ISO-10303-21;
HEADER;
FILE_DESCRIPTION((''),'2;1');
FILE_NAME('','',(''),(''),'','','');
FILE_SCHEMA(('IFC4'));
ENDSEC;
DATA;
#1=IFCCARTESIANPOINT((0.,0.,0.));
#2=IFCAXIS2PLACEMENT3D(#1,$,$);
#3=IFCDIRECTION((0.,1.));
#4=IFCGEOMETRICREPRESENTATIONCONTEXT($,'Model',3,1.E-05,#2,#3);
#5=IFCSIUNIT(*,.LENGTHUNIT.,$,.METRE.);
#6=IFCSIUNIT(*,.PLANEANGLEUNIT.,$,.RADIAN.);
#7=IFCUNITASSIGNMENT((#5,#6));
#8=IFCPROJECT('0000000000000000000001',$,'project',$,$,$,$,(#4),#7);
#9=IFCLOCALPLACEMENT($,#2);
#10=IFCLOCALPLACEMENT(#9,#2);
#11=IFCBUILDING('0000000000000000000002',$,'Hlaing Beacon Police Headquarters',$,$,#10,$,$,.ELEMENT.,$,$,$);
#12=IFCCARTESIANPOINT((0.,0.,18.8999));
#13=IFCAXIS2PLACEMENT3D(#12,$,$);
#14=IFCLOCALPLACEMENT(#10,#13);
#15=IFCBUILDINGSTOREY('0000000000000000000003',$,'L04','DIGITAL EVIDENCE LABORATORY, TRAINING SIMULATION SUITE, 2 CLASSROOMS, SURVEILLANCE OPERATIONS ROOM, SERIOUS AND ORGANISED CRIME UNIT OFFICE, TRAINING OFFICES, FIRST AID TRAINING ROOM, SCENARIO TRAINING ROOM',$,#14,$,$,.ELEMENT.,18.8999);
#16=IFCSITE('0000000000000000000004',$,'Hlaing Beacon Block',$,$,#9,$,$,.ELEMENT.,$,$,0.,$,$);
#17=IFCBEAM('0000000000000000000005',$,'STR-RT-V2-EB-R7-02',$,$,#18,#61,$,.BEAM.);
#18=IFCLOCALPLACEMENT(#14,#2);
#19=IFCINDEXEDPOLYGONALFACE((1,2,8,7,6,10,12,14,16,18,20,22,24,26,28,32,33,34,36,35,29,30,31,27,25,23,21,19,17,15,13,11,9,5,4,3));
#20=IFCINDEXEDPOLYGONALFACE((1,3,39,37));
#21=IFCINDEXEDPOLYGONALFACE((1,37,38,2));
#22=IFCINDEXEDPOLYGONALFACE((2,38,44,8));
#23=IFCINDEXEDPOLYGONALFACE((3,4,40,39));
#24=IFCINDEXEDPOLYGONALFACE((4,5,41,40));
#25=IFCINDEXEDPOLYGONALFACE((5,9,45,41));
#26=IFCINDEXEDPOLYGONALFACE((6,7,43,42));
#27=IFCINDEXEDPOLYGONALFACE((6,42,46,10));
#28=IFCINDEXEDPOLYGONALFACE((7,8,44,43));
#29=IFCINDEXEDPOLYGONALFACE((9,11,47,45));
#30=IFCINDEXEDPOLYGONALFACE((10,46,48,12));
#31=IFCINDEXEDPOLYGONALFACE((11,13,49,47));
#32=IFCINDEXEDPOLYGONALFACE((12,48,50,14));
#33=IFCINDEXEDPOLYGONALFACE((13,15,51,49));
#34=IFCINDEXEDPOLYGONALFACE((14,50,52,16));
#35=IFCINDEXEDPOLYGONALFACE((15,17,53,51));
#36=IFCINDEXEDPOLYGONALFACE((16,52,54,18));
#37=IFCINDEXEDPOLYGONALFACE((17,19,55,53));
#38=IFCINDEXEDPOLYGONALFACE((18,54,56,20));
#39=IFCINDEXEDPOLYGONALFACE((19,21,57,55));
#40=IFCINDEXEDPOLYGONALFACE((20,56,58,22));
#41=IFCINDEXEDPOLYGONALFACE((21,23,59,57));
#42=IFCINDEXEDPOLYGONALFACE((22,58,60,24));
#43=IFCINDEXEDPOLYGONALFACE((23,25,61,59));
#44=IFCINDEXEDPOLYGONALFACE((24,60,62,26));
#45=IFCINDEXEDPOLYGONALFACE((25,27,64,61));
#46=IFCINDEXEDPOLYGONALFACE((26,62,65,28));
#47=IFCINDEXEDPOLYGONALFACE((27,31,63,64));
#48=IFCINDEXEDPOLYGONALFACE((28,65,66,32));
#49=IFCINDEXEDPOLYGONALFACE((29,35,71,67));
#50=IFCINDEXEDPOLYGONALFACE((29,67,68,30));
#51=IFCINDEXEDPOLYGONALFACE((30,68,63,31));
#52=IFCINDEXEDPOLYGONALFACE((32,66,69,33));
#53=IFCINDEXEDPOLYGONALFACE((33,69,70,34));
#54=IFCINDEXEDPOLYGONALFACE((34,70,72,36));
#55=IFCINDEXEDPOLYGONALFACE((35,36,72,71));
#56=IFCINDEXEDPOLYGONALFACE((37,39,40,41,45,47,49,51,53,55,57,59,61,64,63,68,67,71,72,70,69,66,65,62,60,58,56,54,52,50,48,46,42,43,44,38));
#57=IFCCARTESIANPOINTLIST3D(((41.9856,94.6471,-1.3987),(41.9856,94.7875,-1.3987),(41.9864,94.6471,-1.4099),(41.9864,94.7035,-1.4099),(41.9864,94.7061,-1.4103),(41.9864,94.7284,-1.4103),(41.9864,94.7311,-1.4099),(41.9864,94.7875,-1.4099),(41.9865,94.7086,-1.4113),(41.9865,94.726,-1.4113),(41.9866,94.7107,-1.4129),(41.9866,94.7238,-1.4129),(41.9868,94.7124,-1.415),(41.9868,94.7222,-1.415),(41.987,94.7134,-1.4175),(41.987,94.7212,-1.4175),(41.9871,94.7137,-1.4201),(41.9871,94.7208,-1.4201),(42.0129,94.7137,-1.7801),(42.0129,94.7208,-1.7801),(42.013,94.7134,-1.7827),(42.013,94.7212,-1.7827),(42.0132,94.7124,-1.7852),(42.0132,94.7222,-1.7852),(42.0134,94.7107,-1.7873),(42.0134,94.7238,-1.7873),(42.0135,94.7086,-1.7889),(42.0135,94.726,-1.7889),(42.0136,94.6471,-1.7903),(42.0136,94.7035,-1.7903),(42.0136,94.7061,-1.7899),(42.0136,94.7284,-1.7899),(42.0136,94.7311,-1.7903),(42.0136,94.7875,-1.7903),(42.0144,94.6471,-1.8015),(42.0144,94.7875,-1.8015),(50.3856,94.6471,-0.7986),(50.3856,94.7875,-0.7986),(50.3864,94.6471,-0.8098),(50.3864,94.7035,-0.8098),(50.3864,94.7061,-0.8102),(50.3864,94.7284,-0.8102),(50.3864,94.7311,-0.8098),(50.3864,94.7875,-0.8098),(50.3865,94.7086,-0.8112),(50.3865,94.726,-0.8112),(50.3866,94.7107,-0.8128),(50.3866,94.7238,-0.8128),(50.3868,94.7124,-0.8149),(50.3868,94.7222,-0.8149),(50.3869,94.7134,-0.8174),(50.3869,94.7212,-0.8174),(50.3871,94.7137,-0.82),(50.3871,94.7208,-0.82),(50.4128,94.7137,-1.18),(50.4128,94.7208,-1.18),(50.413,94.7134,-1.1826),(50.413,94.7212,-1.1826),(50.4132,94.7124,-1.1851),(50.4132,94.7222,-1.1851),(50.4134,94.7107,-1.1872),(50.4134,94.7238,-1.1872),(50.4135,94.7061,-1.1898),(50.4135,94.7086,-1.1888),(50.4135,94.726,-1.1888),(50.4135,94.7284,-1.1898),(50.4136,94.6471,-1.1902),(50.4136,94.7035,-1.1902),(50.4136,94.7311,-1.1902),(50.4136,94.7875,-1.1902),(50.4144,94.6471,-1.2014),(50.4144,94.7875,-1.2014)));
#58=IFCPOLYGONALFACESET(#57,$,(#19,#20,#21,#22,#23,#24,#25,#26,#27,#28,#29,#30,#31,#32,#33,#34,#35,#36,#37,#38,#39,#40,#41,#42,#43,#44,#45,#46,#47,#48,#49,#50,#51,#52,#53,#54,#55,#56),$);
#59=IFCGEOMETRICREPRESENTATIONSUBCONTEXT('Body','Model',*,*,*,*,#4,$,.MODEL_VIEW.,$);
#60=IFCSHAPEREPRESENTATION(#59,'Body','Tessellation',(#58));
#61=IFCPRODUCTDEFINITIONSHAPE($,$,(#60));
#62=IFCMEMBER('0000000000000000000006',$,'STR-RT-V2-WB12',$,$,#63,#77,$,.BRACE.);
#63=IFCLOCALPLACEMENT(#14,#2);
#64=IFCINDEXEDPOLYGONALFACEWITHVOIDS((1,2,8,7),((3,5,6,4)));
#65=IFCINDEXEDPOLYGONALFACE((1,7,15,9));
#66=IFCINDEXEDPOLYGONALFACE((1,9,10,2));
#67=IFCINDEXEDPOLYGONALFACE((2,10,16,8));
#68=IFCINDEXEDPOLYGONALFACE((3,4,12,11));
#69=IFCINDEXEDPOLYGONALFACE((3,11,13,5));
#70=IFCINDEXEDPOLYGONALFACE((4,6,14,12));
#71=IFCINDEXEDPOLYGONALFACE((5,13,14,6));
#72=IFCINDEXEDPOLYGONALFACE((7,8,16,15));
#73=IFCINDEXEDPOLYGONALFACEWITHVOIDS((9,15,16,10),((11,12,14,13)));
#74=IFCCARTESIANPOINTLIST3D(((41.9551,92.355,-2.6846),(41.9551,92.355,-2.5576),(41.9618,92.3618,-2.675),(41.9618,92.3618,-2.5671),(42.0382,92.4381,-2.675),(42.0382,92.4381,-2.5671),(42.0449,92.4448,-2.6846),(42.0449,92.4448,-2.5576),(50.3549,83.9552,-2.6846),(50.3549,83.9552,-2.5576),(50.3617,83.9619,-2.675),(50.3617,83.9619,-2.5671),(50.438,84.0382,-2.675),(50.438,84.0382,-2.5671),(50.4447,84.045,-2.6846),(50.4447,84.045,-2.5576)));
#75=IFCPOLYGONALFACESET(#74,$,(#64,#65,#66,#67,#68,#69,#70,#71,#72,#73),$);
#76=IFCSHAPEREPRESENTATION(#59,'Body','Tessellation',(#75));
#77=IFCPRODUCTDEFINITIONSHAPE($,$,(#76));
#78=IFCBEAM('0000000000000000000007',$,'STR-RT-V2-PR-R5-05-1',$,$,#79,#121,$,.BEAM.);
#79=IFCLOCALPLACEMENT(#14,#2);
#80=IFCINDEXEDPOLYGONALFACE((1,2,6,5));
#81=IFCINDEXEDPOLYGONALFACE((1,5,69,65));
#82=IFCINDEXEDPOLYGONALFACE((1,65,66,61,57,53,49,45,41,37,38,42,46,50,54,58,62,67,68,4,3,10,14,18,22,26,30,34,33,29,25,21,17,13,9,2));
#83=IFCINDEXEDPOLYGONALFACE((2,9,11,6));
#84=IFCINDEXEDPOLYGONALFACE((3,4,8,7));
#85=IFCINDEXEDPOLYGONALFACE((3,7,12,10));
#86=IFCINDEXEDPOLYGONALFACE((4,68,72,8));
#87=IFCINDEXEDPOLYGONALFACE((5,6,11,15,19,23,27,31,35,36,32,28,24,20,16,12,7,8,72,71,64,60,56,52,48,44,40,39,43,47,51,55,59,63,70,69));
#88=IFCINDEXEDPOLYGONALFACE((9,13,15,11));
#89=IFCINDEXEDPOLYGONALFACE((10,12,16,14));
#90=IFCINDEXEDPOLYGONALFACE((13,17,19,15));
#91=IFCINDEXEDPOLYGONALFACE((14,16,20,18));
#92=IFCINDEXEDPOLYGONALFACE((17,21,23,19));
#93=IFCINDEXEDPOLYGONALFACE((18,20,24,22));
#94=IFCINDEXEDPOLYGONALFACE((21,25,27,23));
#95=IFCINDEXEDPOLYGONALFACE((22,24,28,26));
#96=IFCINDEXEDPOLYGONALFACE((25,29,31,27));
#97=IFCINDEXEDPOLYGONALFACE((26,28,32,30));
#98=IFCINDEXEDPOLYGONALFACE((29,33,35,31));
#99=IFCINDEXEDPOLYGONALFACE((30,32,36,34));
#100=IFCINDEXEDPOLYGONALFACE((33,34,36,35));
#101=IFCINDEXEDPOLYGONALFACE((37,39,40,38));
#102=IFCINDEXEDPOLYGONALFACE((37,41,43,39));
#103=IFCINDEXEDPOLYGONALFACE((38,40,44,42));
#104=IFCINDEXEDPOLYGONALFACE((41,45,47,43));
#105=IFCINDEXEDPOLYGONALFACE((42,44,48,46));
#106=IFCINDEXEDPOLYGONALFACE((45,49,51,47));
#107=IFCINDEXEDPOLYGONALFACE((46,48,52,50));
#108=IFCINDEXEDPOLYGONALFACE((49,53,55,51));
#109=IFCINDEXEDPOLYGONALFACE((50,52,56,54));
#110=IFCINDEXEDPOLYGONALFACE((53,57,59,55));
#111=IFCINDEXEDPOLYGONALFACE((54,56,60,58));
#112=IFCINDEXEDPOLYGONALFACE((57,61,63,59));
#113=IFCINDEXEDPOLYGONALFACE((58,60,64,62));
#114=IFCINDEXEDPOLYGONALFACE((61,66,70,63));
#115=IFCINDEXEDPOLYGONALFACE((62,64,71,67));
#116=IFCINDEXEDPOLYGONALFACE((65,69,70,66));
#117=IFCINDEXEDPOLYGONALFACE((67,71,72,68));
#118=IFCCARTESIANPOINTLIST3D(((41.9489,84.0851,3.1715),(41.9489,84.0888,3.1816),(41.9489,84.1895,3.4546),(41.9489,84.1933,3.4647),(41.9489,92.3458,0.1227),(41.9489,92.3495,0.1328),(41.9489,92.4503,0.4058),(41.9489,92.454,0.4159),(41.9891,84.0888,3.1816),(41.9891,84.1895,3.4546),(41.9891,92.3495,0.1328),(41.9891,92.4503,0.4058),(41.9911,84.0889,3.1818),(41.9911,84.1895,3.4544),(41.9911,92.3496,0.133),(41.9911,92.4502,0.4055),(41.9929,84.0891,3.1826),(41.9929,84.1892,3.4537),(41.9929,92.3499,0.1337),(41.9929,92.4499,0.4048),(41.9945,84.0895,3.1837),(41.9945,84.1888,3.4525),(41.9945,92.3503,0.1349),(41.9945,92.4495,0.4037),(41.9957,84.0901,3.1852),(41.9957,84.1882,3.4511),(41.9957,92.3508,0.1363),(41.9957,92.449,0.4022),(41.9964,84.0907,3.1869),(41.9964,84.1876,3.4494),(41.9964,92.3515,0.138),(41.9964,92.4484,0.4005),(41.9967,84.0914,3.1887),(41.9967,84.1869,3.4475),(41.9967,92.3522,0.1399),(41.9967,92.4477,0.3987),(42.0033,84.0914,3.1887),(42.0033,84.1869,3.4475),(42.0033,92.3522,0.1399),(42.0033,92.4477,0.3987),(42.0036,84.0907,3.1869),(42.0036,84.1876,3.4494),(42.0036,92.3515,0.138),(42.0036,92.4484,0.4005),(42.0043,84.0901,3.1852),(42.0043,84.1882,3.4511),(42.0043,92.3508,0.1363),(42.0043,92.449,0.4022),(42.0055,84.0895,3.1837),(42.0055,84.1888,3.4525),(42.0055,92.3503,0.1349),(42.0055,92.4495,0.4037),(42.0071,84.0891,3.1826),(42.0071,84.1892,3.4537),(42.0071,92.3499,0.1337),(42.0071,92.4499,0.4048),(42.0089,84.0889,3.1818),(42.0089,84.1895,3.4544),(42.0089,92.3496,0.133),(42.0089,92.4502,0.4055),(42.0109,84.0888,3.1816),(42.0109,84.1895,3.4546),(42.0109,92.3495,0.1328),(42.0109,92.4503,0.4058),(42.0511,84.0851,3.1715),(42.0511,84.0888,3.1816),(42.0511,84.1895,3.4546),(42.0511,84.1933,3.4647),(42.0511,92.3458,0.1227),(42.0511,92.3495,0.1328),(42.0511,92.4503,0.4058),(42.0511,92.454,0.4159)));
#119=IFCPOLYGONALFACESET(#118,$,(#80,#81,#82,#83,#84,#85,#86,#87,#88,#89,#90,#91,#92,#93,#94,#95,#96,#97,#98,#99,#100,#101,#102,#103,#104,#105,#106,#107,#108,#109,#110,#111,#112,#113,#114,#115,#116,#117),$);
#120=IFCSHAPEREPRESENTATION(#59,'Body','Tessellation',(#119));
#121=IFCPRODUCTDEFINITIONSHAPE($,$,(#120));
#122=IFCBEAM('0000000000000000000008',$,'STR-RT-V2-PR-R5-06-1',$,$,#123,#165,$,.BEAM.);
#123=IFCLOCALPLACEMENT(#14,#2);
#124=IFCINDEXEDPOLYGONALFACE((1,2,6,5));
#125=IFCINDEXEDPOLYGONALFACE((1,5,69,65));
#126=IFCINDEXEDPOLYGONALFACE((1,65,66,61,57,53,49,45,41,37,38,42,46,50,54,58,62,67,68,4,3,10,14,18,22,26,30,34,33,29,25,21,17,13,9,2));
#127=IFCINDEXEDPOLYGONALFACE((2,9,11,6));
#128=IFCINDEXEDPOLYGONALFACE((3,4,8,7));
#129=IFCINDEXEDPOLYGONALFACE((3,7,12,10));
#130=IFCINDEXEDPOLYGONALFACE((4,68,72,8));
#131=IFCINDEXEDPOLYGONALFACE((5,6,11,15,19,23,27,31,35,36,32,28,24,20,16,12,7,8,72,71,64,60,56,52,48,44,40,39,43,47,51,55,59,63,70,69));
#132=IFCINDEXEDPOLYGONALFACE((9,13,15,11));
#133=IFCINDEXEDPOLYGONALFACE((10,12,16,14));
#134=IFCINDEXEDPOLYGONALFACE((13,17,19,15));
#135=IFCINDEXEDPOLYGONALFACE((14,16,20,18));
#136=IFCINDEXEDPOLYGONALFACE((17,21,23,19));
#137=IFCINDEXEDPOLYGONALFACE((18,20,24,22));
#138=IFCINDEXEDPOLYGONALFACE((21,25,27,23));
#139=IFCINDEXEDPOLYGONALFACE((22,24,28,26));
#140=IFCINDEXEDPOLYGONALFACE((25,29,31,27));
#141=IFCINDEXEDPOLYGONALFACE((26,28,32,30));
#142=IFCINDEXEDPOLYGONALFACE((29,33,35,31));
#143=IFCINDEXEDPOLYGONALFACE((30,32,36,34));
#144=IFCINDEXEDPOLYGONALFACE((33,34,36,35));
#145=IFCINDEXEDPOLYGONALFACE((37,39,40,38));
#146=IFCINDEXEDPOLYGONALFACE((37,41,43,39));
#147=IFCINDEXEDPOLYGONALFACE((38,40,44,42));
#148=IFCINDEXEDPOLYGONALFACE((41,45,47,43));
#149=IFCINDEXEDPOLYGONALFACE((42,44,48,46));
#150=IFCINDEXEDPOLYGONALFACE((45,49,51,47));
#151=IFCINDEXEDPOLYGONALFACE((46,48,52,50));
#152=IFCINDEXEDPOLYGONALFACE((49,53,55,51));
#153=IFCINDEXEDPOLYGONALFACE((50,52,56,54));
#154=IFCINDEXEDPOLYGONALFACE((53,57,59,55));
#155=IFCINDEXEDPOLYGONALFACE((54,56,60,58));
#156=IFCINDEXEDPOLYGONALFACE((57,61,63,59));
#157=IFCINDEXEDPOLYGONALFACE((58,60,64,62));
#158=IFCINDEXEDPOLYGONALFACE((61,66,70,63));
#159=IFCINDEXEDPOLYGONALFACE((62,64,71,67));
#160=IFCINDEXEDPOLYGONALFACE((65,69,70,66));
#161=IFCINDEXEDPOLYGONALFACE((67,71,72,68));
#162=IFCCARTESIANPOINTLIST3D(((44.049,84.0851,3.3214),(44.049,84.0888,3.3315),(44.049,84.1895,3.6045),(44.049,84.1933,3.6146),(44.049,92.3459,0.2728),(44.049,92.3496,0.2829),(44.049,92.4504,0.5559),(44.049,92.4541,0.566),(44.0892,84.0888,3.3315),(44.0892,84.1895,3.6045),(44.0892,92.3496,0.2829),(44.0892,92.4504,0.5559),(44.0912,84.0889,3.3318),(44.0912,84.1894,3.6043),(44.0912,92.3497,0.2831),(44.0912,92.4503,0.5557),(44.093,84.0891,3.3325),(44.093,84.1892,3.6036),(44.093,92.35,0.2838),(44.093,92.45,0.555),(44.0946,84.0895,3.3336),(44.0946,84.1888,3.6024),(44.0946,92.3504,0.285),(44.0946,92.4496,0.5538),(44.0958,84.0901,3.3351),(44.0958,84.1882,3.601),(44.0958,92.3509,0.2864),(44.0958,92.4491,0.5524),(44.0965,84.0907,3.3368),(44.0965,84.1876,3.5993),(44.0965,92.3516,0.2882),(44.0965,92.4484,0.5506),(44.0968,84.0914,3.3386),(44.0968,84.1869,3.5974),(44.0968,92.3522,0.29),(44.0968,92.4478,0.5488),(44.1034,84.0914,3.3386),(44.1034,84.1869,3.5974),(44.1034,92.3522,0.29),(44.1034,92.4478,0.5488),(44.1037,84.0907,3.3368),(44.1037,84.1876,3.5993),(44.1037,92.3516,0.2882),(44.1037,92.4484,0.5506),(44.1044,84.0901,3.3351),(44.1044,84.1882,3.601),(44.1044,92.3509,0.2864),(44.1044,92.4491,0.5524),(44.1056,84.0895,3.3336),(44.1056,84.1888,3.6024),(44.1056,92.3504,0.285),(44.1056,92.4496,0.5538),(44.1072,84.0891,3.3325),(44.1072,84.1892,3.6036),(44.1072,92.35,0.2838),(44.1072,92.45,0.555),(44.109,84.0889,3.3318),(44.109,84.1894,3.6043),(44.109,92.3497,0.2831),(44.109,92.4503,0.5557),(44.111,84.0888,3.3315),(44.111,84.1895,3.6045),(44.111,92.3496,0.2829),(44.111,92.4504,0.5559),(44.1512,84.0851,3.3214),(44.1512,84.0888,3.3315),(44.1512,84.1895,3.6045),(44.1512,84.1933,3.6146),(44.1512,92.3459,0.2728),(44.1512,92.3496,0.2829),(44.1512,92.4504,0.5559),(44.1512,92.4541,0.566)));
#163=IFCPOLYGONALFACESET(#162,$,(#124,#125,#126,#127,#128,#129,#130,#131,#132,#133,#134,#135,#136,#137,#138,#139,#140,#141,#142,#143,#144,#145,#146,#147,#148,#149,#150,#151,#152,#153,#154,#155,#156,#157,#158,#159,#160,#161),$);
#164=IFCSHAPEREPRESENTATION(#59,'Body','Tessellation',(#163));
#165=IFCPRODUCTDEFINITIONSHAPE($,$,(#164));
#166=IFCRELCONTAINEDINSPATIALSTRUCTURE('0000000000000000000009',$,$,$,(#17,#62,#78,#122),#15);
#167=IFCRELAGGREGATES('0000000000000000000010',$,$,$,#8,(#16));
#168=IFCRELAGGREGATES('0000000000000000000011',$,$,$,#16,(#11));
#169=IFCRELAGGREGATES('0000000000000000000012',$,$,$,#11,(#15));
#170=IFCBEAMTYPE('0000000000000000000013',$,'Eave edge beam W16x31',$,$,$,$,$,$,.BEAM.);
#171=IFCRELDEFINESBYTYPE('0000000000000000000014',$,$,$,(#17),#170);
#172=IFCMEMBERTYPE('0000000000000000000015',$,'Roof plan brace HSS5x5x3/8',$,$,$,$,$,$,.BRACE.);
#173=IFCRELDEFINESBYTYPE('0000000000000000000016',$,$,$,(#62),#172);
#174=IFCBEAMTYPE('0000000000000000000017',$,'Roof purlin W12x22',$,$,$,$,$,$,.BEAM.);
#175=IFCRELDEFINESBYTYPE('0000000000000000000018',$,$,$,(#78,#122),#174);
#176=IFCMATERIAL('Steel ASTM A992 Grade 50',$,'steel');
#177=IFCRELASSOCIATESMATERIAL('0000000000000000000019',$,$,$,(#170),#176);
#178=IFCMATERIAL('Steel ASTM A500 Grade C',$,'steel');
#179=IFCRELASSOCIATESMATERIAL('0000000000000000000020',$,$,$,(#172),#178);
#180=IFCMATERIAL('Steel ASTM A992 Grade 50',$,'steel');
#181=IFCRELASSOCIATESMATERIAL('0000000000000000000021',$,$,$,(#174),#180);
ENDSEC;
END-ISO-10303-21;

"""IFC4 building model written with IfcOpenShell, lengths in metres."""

from ifc_helpers import new_model, si_unit, direction, frame, origin, origin_2d, place, context, subcontext, project, spatial, hollow_rectangle, i_section, extrude, material, material_profile, profile_set, type_object, element, save


model = new_model("IFC4")

# Units and contexts
model_context = context("Model", 3, precision=1e-05, world=origin(), true_north=direction((0.0, 1.0)))
body_context = subcontext(model_context, "Body", "Model", "MODEL_VIEW")
ifc_project = project(units=[si_unit("LENGTHUNIT", "METRE"), si_unit("PLANEANGLEUNIT", "RADIAN")], contexts=[model_context])

# Site, building, storey
site_placement = place(None, origin())
site = spatial("IfcSite", under=ifc_project, at=site_placement, Name="Hlaing Beacon Block", CompositionType="ELEMENT", RefElevation=0.0)
building_placement = place(site_placement, origin())
building = spatial("IfcBuilding", under=site, at=building_placement, Name="Hlaing Beacon Police Headquarters", CompositionType="ELEMENT")
storey_placement = place(building_placement, frame((0.0, 0.0, 18.8999)))
storey = spatial("IfcBuildingStorey", under=building, at=storey_placement, Name="L04", Description="DIGITAL EVIDENCE LABORATORY, TRAINING SIMULATION SUITE, 2 CLASSROOMS, SURVEILLANCE OPERATIONS ROOM, SERIOUS AND ORGANISED CRIME UNIT OFFICE, TRAINING OFFICES, FIRST AID TRAINING ROOM, SCENARIO TRAINING ROOM", CompositionType="ELEMENT", Elevation=18.8999)

# Beam
ifc_material_1 = material(Name="Steel ASTM A992 Grade 50", Category="steel")
ifc_material_profile_1 = material_profile(ifc_material_1, i_section(OverallWidth=0.1404, OverallDepth=0.4038, WebThickness=0.0071, FlangeThickness=0.0112, FilletRadius=0.0103, at=origin_2d()), Name="W16x31")
ifc_profile_set_1 = profile_set([ifc_material_profile_1], Name="Steel ASTM A992 Grade 50")
beam_type_1 = type_object("IfcBeamType", Name="Eave edge beam W16x31", PredefinedType="BEAM", material=ifc_profile_set_1)
beam_1_placement = place(storey_placement, frame((42.0, 94.7173, -1.6001), z_axis=(0.997458, 0.0, 0.071259), x_axis=(0.0, 1.0, 0.0)))
element("IfcBeam", 1, at=beam_1_placement, inside=storey, type_object=beam_type_1, Name="STR-RT-V2-EB-R7-02", PredefinedType="BEAM", context=body_context, shape_type="SweptSolid", body=[
    extrude(i_section(OverallWidth=0.1404, OverallDepth=0.4038, WebThickness=0.0071, FlangeThickness=0.0112, FilletRadius=0.0103, at=origin_2d()), origin(), (0.0, 0.0, 1.0), 8.4214),
])

# Member
ifc_material_2 = material(Name="Steel ASTM A500 Grade C", Category="steel")
ifc_material_profile_2 = material_profile(ifc_material_2, hollow_rectangle(XDim=0.127, YDim=0.127, WallThickness=0.0095, at=origin_2d()), Name="HSS5x5x3/8")
ifc_profile_set_2 = profile_set([ifc_material_profile_2], Name="Steel ASTM A500 Grade C")
member_type_1 = type_object("IfcMemberType", Name="Roof plan brace HSS5x5x3/8", PredefinedType="BRACE", material=ifc_profile_set_2)
member_1_placement = place(storey_placement, frame((42.0, 92.3999, -2.6211), z_axis=(0.707107, -0.707107, 0.0), x_axis=(0.707107, 0.707107, 0.0)))
element("IfcMember", 2, at=member_1_placement, inside=storey, type_object=member_type_1, Name="STR-RT-V2-WB12", PredefinedType="BRACE", context=body_context, shape_type="SweptSolid", body=[
    extrude(hollow_rectangle(XDim=0.127, YDim=0.127, WallThickness=0.0095, at=origin_2d()), origin(), (0.0, 0.0, 1.0), 11.8792),
])

# Beams
ifc_material_3 = material(Name="Steel ASTM A992 Grade 50", Category="steel")
ifc_material_profile_3 = material_profile(ifc_material_3, i_section(OverallWidth=0.1023, OverallDepth=0.3125, WebThickness=0.0066, FlangeThickness=0.0107, FilletRadius=0.0076, at=origin_2d()), Name="W12x22")
ifc_profile_set_3 = profile_set([ifc_material_profile_3], Name="Steel ASTM A992 Grade 50")
beam_type_2 = type_object("IfcBeamType", Name="Roof purlin W12x22", PredefinedType="BEAM", material=ifc_profile_set_3)
for number, where, z_axis, x_axis, name in (
    (3, (42.0, 84.1392, 3.3181), (0.0, 0.938144, -0.346245), (-1.0, 0.0, 0.0), "STR-RT-V2-PR-R5-05-1"),
    (4, (44.1001, 84.1392, 3.468), (0.0, 0.938153, -0.346221), (-1.0, 0.0, 0.0), "STR-RT-V2-PR-R5-06-1"),
):
    element("IfcBeam", number, at=place(storey_placement, frame(where, z_axis=z_axis, x_axis=x_axis)), inside=storey, type_object=beam_type_2, Name=name, PredefinedType="BEAM", context=body_context, shape_type="SweptSolid", body=[
        extrude(i_section(OverallWidth=0.1023, OverallDepth=0.3125, WebThickness=0.0066, FlangeThickness=0.0107, FilletRadius=0.0076, at=origin_2d()), origin(), (0.0, 0.0, 1.0), 8.8054),
    ])

save(model, "model.ifc")
